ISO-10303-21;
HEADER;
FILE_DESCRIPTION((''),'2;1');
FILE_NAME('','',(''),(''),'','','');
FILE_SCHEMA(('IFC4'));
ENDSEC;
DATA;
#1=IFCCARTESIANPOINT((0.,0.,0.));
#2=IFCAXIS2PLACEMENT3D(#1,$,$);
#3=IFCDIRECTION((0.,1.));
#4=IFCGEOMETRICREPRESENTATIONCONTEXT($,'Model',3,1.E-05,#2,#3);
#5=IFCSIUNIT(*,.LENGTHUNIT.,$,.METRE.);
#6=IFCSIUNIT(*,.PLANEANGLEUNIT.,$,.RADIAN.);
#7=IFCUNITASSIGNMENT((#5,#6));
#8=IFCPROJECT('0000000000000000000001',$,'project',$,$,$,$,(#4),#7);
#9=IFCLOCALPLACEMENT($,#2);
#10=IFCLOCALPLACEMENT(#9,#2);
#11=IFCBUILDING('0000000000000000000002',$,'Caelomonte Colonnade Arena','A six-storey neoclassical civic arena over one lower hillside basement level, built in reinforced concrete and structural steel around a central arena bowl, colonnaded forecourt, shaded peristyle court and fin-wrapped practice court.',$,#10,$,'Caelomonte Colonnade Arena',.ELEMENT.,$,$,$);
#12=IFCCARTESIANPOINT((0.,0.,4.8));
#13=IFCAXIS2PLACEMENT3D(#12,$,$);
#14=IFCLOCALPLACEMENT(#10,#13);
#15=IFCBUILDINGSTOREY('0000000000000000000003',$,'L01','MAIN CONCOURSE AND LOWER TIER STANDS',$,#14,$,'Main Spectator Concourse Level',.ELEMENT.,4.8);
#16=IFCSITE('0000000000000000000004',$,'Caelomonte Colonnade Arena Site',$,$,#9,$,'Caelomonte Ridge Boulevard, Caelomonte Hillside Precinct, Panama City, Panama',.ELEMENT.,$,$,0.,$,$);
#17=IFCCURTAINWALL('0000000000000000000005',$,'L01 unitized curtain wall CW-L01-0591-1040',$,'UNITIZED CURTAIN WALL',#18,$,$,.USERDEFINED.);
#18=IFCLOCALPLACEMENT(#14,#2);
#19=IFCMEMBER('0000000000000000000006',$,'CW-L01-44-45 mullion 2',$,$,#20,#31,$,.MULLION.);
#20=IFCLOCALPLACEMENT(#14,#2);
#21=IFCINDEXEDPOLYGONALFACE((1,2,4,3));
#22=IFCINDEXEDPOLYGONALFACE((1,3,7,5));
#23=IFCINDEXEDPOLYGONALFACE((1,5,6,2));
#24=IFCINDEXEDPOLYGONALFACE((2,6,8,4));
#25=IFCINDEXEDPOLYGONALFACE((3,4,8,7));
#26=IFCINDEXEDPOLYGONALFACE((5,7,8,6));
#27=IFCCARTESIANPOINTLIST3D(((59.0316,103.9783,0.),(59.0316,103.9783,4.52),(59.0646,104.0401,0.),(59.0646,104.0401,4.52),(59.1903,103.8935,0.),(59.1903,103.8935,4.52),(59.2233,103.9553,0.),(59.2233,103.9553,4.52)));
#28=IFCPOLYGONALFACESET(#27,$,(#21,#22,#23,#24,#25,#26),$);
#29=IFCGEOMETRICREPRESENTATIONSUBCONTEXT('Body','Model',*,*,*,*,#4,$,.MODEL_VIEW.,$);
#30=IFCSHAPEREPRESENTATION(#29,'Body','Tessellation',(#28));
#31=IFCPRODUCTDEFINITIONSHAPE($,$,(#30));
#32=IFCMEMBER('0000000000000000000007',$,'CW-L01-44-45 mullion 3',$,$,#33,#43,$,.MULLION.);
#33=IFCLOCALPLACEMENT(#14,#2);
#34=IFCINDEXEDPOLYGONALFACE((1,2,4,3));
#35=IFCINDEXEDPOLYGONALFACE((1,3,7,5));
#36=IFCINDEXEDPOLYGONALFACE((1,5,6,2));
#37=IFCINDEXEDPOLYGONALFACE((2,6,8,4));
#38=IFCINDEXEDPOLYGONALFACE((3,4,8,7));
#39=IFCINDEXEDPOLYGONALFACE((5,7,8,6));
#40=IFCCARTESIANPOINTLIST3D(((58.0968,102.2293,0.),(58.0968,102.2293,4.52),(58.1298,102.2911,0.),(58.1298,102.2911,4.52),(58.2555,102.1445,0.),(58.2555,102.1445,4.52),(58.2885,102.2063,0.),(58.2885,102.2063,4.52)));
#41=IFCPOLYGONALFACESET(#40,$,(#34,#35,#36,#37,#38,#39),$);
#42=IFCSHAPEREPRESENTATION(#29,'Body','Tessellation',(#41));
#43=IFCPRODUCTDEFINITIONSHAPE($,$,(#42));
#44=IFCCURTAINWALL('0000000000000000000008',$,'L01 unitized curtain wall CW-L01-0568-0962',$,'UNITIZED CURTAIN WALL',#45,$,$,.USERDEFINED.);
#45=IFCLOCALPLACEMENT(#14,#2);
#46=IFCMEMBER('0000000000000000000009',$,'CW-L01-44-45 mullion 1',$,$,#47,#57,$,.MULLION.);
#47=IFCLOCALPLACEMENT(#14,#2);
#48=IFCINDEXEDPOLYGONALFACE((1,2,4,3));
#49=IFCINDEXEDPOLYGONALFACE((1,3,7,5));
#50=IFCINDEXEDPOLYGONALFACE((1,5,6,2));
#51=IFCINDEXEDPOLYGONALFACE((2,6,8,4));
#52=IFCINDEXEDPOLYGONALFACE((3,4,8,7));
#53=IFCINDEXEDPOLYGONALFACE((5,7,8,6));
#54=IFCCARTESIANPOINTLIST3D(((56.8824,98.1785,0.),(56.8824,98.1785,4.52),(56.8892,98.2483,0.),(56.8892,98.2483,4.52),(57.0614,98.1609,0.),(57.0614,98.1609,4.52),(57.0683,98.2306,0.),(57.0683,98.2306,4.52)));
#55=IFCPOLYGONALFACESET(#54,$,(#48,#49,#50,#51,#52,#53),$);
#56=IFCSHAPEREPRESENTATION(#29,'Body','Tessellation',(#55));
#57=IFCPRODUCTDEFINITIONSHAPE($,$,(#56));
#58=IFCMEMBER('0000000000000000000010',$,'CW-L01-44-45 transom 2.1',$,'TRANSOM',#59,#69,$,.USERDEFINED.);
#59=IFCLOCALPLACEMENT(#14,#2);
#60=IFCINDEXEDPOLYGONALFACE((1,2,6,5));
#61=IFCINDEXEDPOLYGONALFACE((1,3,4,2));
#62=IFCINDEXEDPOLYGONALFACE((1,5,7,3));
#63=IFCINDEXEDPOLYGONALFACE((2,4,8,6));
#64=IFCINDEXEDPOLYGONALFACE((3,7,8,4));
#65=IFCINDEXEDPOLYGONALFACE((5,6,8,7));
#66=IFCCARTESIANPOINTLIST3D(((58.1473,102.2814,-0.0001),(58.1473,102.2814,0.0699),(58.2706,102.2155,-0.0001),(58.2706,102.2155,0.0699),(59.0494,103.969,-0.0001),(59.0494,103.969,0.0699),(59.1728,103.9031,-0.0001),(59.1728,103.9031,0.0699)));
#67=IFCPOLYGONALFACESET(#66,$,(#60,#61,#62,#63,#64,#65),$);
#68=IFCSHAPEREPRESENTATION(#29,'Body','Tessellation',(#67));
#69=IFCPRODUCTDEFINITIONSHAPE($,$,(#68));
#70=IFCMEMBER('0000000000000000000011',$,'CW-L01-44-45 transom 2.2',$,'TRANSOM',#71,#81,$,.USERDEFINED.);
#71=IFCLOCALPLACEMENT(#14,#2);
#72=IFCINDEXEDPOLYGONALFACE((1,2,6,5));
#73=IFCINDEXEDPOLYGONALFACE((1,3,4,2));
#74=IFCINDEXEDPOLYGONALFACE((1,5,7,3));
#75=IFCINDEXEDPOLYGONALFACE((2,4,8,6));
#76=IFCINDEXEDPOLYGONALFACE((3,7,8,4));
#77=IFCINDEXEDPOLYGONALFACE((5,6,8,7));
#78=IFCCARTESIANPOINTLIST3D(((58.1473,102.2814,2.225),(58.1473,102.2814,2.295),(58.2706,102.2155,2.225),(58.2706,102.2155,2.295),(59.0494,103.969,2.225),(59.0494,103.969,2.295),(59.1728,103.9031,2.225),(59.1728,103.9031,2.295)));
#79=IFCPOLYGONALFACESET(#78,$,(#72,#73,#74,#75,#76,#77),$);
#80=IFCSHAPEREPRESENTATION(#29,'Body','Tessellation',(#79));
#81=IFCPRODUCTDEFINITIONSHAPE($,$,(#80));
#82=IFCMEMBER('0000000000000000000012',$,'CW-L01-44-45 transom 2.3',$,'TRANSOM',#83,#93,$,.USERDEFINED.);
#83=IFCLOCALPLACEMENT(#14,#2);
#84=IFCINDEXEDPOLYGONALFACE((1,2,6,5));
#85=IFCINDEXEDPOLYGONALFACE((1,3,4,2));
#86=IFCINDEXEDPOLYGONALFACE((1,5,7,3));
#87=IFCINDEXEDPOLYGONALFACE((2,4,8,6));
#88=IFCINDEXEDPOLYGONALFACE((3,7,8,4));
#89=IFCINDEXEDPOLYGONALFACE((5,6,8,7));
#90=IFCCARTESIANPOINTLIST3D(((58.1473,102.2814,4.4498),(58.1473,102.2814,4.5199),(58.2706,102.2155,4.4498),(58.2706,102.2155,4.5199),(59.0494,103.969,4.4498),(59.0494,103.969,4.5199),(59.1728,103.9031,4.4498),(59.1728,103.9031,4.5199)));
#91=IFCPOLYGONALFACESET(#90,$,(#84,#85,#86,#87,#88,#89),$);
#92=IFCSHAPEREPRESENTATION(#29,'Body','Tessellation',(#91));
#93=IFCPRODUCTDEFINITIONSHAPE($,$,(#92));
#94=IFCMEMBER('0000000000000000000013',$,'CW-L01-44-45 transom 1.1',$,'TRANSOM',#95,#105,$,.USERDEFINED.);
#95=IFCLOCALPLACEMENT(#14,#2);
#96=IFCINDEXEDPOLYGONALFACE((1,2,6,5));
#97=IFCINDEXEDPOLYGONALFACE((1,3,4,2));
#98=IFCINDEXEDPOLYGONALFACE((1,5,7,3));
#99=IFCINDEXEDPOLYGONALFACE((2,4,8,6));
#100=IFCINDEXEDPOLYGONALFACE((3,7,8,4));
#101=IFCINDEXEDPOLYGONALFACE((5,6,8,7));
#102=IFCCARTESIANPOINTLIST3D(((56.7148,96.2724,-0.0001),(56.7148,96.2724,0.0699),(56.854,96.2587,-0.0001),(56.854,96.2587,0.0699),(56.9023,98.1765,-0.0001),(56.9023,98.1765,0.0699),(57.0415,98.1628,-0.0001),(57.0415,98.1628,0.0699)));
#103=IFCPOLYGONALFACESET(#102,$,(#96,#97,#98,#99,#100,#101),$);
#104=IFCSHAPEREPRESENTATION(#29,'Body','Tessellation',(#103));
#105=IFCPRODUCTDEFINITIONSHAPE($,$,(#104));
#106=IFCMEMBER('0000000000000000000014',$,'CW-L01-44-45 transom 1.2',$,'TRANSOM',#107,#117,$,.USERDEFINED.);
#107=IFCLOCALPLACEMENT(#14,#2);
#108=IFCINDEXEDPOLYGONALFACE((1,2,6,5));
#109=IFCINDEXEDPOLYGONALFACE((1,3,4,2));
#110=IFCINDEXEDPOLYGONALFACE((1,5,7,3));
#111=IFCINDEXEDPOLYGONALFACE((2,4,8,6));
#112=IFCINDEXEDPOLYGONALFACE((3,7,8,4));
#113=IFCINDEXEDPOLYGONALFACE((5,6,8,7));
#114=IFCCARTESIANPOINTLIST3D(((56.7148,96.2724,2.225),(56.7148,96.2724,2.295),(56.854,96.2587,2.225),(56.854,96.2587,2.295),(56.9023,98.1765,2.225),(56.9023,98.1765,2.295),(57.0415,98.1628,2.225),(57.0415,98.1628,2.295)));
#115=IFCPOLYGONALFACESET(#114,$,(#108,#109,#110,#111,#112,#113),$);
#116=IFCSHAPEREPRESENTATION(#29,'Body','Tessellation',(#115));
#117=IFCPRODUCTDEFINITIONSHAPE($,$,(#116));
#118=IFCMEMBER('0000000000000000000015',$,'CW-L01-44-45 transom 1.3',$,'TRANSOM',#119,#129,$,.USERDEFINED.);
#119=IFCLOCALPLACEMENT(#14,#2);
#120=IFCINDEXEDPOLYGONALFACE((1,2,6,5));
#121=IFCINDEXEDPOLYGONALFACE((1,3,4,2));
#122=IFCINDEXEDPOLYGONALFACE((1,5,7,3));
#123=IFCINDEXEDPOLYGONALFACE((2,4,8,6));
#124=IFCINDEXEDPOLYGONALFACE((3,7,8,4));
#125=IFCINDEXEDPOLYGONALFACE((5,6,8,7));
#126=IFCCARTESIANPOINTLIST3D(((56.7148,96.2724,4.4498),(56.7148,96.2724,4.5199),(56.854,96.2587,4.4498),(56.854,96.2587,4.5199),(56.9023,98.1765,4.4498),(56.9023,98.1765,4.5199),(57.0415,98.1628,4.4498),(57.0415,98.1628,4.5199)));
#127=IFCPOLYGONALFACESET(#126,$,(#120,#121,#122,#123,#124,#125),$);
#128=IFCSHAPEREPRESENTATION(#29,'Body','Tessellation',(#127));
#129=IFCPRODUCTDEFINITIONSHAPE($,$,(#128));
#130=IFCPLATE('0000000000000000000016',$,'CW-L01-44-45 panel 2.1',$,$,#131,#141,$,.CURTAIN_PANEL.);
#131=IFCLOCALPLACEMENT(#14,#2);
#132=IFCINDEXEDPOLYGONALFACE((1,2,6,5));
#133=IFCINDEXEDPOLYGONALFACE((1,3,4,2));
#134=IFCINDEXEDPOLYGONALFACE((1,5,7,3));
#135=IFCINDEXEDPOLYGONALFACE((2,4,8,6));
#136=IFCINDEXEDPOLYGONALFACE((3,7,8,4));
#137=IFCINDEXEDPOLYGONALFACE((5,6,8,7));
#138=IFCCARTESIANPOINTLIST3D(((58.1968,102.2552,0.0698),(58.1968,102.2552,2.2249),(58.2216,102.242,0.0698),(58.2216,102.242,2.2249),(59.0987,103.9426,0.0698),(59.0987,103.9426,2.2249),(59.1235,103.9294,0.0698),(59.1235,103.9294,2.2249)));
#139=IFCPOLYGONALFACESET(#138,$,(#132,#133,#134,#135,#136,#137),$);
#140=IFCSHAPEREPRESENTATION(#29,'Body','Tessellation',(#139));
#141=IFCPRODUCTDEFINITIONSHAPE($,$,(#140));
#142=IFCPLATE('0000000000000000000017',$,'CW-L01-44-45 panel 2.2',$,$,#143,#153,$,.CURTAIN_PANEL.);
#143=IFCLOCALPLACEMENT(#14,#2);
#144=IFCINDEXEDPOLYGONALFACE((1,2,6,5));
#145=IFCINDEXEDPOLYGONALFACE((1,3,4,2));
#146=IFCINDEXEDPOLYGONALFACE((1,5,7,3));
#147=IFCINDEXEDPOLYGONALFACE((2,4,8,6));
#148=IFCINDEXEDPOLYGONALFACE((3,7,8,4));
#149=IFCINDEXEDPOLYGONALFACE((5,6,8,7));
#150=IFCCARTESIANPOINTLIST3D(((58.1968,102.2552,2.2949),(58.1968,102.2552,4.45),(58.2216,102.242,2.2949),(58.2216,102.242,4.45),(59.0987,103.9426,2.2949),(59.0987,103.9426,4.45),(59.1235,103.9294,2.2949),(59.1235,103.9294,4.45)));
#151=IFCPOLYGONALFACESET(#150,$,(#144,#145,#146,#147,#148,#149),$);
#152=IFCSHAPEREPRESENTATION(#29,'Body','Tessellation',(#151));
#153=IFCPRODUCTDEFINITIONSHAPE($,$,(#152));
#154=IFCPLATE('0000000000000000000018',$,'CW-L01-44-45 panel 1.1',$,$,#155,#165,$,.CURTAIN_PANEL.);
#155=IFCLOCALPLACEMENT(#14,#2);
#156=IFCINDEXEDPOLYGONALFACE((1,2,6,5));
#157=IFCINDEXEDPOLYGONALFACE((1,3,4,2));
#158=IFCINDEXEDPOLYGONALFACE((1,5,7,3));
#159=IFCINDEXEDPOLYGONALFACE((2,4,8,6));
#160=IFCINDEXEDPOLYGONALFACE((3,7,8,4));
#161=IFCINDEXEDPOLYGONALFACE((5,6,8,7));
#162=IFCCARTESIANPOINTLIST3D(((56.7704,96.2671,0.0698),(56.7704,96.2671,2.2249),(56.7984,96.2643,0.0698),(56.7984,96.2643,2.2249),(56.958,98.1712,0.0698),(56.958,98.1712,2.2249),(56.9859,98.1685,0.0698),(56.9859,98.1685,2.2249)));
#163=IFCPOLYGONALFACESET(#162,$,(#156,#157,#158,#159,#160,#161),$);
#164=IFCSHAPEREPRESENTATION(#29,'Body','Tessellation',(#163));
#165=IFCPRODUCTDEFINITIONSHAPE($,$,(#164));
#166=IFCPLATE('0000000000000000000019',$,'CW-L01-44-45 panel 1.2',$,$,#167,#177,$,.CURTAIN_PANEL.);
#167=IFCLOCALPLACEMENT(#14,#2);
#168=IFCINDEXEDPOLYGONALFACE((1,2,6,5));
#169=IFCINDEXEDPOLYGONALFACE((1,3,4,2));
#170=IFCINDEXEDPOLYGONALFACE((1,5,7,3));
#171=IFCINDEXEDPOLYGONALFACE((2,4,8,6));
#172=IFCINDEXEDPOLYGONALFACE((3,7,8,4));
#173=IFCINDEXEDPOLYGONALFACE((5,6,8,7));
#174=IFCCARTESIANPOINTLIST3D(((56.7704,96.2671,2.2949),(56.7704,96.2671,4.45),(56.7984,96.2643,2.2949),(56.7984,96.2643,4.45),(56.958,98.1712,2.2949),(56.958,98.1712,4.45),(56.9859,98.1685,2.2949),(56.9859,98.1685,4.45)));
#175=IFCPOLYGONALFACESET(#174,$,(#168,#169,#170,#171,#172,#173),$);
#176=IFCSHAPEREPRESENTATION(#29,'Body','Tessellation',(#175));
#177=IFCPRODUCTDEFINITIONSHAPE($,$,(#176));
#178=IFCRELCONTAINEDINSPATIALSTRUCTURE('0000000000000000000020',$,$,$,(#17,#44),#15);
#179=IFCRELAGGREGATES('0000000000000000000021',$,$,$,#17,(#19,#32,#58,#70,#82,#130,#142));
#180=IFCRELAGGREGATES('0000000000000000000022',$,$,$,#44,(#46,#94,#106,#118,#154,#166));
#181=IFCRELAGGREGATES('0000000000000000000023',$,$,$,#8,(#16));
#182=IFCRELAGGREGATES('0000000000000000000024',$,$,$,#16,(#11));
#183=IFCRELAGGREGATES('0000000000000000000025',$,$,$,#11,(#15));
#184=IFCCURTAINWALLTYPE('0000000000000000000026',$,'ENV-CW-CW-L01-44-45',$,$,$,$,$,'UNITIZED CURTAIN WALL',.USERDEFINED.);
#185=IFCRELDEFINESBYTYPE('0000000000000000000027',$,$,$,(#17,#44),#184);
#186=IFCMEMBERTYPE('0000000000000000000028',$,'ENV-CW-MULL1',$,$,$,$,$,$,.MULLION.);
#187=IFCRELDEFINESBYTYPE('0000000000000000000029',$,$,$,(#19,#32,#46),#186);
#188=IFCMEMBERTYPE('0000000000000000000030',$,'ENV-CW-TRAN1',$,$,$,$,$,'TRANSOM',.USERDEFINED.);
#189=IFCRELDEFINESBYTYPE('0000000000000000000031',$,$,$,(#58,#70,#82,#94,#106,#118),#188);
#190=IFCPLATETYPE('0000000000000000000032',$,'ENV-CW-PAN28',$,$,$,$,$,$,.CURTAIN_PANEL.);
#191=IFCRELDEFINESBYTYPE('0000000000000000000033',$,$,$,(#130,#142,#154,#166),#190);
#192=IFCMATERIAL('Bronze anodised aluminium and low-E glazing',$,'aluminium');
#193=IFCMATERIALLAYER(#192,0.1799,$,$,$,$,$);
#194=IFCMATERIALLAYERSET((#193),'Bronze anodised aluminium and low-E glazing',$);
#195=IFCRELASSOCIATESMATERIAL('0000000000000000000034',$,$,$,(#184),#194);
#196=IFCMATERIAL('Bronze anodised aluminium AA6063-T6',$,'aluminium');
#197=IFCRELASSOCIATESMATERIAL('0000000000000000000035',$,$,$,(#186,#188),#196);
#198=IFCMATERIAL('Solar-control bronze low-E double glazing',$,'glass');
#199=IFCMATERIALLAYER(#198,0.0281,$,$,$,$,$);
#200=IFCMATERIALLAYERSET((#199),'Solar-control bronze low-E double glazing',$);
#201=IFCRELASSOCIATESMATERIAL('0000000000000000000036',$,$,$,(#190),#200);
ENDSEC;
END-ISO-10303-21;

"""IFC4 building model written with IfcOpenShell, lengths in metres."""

from ifc_helpers import new_model, si_unit, direction, frame, origin, origin_2d, place, context, subcontext, project, spatial, rectangle, extrude, material, layer, layer_set, material_profile, profile_set, type_object, element, aggregate, save


model = new_model("IFC4")

# Units and contexts
model_context = context("Model", 3, precision=1e-05, world=origin(), true_north=direction((0.0, 1.0)))
body_context = subcontext(model_context, "Body", "Model", "MODEL_VIEW")
ifc_project = project(units=[si_unit("LENGTHUNIT", "METRE"), si_unit("PLANEANGLEUNIT", "RADIAN")], contexts=[model_context])

# Site, building, storey
site_placement = place(None, origin())
site = spatial("IfcSite", under=ifc_project, at=site_placement, Name="Caelomonte Colonnade Arena Site", LongName="Caelomonte Ridge Boulevard, Caelomonte Hillside Precinct, Panama City, Panama", CompositionType="ELEMENT", RefElevation=0.0)
building_placement = place(site_placement, origin())
building = spatial("IfcBuilding", under=site, at=building_placement, Name="Caelomonte Colonnade Arena", Description="A six-storey neoclassical civic arena over one lower hillside basement level, built in reinforced concrete and structural steel around a central arena bowl, colonnaded forecourt, shaded peristyle court and fin-wrapped practice court.", LongName="Caelomonte Colonnade Arena", CompositionType="ELEMENT")
storey_placement = place(building_placement, frame((0.0, 0.0, 4.8)))
storey = spatial("IfcBuildingStorey", under=building, at=storey_placement, Name="L01", Description="MAIN CONCOURSE AND LOWER TIER STANDS", LongName="Main Spectator Concourse Level", CompositionType="ELEMENT", Elevation=4.8)

# Curtain wall, members
ifc_material_1 = material(Name="Bronze anodised aluminium and low-E glazing", Category="aluminium")
ifc_layer_1 = layer(ifc_material_1, 0.1799)
ifc_layer_set_1 = layer_set([ifc_layer_1], Name="Bronze anodised aluminium and low-E glazing")
curtain_wall_type = type_object("IfcCurtainWallType", Name="ENV-CW-CW-L01-44-45", ElementType="UNITIZED CURTAIN WALL", PredefinedType="USERDEFINED", material=ifc_layer_set_1)
curtain_wall_1_placement = place(storey_placement, origin())
curtain_wall_1 = element("IfcCurtainWall", 1, at=curtain_wall_1_placement, inside=storey, type_object=curtain_wall_type, Name="L01 unitized curtain wall CW-L01-0591-1040", ObjectType="UNITIZED CURTAIN WALL", PredefinedType="USERDEFINED")
ifc_material_2 = material(Name="Bronze anodised aluminium AA6063-T6", Category="aluminium")
ifc_material_profile_1 = material_profile(ifc_material_2, rectangle(XDim=0.0701, YDim=0.1799, at=origin_2d()), Name="CWM-70X180")
ifc_profile_set_1 = profile_set([ifc_material_profile_1], Name="Bronze anodised aluminium AA6063-T6")
member_type_1 = type_object("IfcMemberType", Name="ENV-CW-MULL1", PredefinedType="MULLION", material=ifc_profile_set_1)
member_1_placement = place(storey_placement, frame((59.1274, 103.9668, 0.0), z_axis=(0.0, 0.0, 1.0), x_axis=(-0.471394, -0.881923, 0.0)))
member_1 = element("IfcMember", 2, at=member_1_placement, type_object=member_type_1, Name="CW-L01-44-45 mullion 2", PredefinedType="MULLION", context=body_context, shape_type="SweptSolid", body=[
    extrude(rectangle(XDim=0.0701, YDim=0.1799, at=origin_2d()), origin(), (0.0, 0.0, 1.0), 4.52),
])
member_2_placement = place(storey_placement, frame((58.1926, 102.2178, 0.0), z_axis=(0.0, 0.0, 1.0), x_axis=(-0.471394, -0.881923, 0.0)))
member_2 = element("IfcMember", 3, at=member_2_placement, type_object=member_type_1, Name="CW-L01-44-45 mullion 3", PredefinedType="MULLION", context=body_context, shape_type="SweptSolid", body=[
    extrude(rectangle(XDim=0.0701, YDim=0.1799, at=origin_2d()), origin(), (0.0, 0.0, 1.0), 4.52),
])

# Curtain wall, member
curtain_wall_2_placement = place(storey_placement, origin())
curtain_wall_2 = element("IfcCurtainWall", 4, at=curtain_wall_2_placement, inside=storey, type_object=curtain_wall_type, Name="L01 unitized curtain wall CW-L01-0568-0962", ObjectType="UNITIZED CURTAIN WALL", PredefinedType="USERDEFINED")
member_3_placement = place(storey_placement, frame((56.9753, 98.2046, 0.0), z_axis=(0.0, 0.0, 1.0), x_axis=(-0.098002, -0.995186, 0.0)))
member_3 = element("IfcMember", 5, at=member_3_placement, type_object=member_type_1, Name="CW-L01-44-45 mullion 1", PredefinedType="MULLION", context=body_context, shape_type="SweptSolid", body=[
    extrude(rectangle(XDim=0.0701, YDim=0.1799, at=origin_2d()), origin(), (0.0, 0.0, 1.0), 4.52),
])

# Members
ifc_material_profile_2 = material_profile(ifc_material_2, rectangle(XDim=0.0701, YDim=0.1399, at=origin_2d()), Name="CWT-70X140")
ifc_profile_set_2 = profile_set([ifc_material_profile_2], Name="Bronze anodised aluminium AA6063-T6")
member_type_2 = type_object("IfcMemberType", Name="ENV-CW-TRAN1", ElementType="TRANSOM", PredefinedType="USERDEFINED", material=ifc_profile_set_2)
member_4_placement = place(storey_placement, frame((59.1111, 103.936, 0.0349), z_axis=(-0.471442, -0.881897, 0.0), x_axis=(0.0, 0.0, 1.0)))
member_4 = element("IfcMember", 6, at=member_4_placement, type_object=member_type_2, Name="CW-L01-44-45 transom 2.1", ObjectType="TRANSOM", PredefinedType="USERDEFINED", context=body_context, shape_type="SweptSolid", body=[
    extrude(rectangle(XDim=0.0701, YDim=0.1399, at=origin_2d()), origin(), (0.0, 0.0, 1.0), 1.9136),
])
member_5_placement = place(storey_placement, frame((59.1111, 103.936, 2.26), z_axis=(-0.471442, -0.881897, 0.0), x_axis=(0.0, 0.0, 1.0)))
member_5 = element("IfcMember", 7, at=member_5_placement, type_object=member_type_2, Name="CW-L01-44-45 transom 2.2", ObjectType="TRANSOM", PredefinedType="USERDEFINED", context=body_context, shape_type="SweptSolid", body=[
    extrude(rectangle(XDim=0.0701, YDim=0.1399, at=origin_2d()), origin(), (0.0, 0.0, 1.0), 1.9136),
])
member_6_placement = place(storey_placement, frame((59.1111, 103.936, 4.4849), z_axis=(-0.471442, -0.881897, 0.0), x_axis=(0.0, 0.0, 1.0)))
member_6 = element("IfcMember", 8, at=member_6_placement, type_object=member_type_2, Name="CW-L01-44-45 transom 2.3", ObjectType="TRANSOM", PredefinedType="USERDEFINED", context=body_context, shape_type="SweptSolid", body=[
    extrude(rectangle(XDim=0.0701, YDim=0.1399, at=origin_2d()), origin(), (0.0, 0.0, 1.0), 1.9136),
])
member_7_placement = place(storey_placement, frame((56.9719, 98.1697, 0.0349), z_axis=(-0.098, -0.995186, 0.0), x_axis=(0.0, 0.0, 1.0)))
member_7 = element("IfcMember", 9, at=member_7_placement, type_object=member_type_2, Name="CW-L01-44-45 transom 1.1", ObjectType="TRANSOM", PredefinedType="USERDEFINED", context=body_context, shape_type="SweptSolid", body=[
    extrude(rectangle(XDim=0.0701, YDim=0.1399, at=origin_2d()), origin(), (0.0, 0.0, 1.0), 1.9133),
])
member_8_placement = place(storey_placement, frame((56.9719, 98.1697, 2.26), z_axis=(-0.098, -0.995186, 0.0), x_axis=(0.0, 0.0, 1.0)))
member_8 = element("IfcMember", 10, at=member_8_placement, type_object=member_type_2, Name="CW-L01-44-45 transom 1.2", ObjectType="TRANSOM", PredefinedType="USERDEFINED", context=body_context, shape_type="SweptSolid", body=[
    extrude(rectangle(XDim=0.0701, YDim=0.1399, at=origin_2d()), origin(), (0.0, 0.0, 1.0), 1.9133),
])
member_9_placement = place(storey_placement, frame((56.9719, 98.1697, 4.4849), z_axis=(-0.098, -0.995186, 0.0), x_axis=(0.0, 0.0, 1.0)))
member_9 = element("IfcMember", 11, at=member_9_placement, type_object=member_type_2, Name="CW-L01-44-45 transom 1.3", ObjectType="TRANSOM", PredefinedType="USERDEFINED", context=body_context, shape_type="SweptSolid", body=[
    extrude(rectangle(XDim=0.0701, YDim=0.1399, at=origin_2d()), origin(), (0.0, 0.0, 1.0), 1.9133),
])

# Plates
ifc_material_3 = material(Name="Solar-control bronze low-E double glazing", Category="glass")
ifc_layer_2 = layer(ifc_material_3, 0.0281)
ifc_layer_set_2 = layer_set([ifc_layer_2], Name="Solar-control bronze low-E double glazing")
plate_type = type_object("IfcPlateType", Name="ENV-CW-PAN28", PredefinedType="CURTAIN_PANEL", material=ifc_layer_set_2)
plate_1_placement = place(storey_placement, frame((58.6602, 103.0923, 0.0698), z_axis=(0.0, 0.0, 1.0), x_axis=(-0.471394, -0.881923, 0.0)))
plate_1 = element("IfcPlate", 12, at=plate_1_placement, type_object=plate_type, Name="CW-L01-44-45 panel 2.1", PredefinedType="CURTAIN_PANEL", context=body_context, shape_type="SweptSolid", body=[
    extrude(rectangle(XDim=1.9133, YDim=0.0281, at=origin_2d()), origin(), (0.0, 0.0, 1.0), 2.155),
])
plate_2_placement = place(storey_placement, frame((58.6602, 103.0923, 2.2949), z_axis=(0.0, 0.0, 1.0), x_axis=(-0.471394, -0.881923, 0.0)))
plate_2 = element("IfcPlate", 13, at=plate_2_placement, type_object=plate_type, Name="CW-L01-44-45 panel 2.2", PredefinedType="CURTAIN_PANEL", context=body_context, shape_type="SweptSolid", body=[
    extrude(rectangle(XDim=1.9133, YDim=0.0281, at=origin_2d()), origin(), (0.0, 0.0, 1.0), 2.155),
])
aggregate(curtain_wall_1, [member_1, member_2, member_4, member_5, member_6, plate_1, plate_2])
plate_3_placement = place(storey_placement, frame((56.8782, 97.2178, 0.0698), z_axis=(0.0, 0.0, 1.0), x_axis=(-0.098002, -0.995186, 0.0)))
plate_3 = element("IfcPlate", 14, at=plate_3_placement, type_object=plate_type, Name="CW-L01-44-45 panel 1.1", PredefinedType="CURTAIN_PANEL", context=body_context, shape_type="SweptSolid", body=[
    extrude(rectangle(XDim=1.9133, YDim=0.0281, at=origin_2d()), origin(), (0.0, 0.0, 1.0), 2.155),
])
plate_4_placement = place(storey_placement, frame((56.8782, 97.2178, 2.2949), z_axis=(0.0, 0.0, 1.0), x_axis=(-0.098002, -0.995186, 0.0)))
plate_4 = element("IfcPlate", 15, at=plate_4_placement, type_object=plate_type, Name="CW-L01-44-45 panel 1.2", PredefinedType="CURTAIN_PANEL", context=body_context, shape_type="SweptSolid", body=[
    extrude(rectangle(XDim=1.9133, YDim=0.0281, at=origin_2d()), origin(), (0.0, 0.0, 1.0), 2.155),
])
aggregate(curtain_wall_2, [member_3, member_7, member_8, member_9, plate_3, plate_4])

save(model, "model.ifc")
